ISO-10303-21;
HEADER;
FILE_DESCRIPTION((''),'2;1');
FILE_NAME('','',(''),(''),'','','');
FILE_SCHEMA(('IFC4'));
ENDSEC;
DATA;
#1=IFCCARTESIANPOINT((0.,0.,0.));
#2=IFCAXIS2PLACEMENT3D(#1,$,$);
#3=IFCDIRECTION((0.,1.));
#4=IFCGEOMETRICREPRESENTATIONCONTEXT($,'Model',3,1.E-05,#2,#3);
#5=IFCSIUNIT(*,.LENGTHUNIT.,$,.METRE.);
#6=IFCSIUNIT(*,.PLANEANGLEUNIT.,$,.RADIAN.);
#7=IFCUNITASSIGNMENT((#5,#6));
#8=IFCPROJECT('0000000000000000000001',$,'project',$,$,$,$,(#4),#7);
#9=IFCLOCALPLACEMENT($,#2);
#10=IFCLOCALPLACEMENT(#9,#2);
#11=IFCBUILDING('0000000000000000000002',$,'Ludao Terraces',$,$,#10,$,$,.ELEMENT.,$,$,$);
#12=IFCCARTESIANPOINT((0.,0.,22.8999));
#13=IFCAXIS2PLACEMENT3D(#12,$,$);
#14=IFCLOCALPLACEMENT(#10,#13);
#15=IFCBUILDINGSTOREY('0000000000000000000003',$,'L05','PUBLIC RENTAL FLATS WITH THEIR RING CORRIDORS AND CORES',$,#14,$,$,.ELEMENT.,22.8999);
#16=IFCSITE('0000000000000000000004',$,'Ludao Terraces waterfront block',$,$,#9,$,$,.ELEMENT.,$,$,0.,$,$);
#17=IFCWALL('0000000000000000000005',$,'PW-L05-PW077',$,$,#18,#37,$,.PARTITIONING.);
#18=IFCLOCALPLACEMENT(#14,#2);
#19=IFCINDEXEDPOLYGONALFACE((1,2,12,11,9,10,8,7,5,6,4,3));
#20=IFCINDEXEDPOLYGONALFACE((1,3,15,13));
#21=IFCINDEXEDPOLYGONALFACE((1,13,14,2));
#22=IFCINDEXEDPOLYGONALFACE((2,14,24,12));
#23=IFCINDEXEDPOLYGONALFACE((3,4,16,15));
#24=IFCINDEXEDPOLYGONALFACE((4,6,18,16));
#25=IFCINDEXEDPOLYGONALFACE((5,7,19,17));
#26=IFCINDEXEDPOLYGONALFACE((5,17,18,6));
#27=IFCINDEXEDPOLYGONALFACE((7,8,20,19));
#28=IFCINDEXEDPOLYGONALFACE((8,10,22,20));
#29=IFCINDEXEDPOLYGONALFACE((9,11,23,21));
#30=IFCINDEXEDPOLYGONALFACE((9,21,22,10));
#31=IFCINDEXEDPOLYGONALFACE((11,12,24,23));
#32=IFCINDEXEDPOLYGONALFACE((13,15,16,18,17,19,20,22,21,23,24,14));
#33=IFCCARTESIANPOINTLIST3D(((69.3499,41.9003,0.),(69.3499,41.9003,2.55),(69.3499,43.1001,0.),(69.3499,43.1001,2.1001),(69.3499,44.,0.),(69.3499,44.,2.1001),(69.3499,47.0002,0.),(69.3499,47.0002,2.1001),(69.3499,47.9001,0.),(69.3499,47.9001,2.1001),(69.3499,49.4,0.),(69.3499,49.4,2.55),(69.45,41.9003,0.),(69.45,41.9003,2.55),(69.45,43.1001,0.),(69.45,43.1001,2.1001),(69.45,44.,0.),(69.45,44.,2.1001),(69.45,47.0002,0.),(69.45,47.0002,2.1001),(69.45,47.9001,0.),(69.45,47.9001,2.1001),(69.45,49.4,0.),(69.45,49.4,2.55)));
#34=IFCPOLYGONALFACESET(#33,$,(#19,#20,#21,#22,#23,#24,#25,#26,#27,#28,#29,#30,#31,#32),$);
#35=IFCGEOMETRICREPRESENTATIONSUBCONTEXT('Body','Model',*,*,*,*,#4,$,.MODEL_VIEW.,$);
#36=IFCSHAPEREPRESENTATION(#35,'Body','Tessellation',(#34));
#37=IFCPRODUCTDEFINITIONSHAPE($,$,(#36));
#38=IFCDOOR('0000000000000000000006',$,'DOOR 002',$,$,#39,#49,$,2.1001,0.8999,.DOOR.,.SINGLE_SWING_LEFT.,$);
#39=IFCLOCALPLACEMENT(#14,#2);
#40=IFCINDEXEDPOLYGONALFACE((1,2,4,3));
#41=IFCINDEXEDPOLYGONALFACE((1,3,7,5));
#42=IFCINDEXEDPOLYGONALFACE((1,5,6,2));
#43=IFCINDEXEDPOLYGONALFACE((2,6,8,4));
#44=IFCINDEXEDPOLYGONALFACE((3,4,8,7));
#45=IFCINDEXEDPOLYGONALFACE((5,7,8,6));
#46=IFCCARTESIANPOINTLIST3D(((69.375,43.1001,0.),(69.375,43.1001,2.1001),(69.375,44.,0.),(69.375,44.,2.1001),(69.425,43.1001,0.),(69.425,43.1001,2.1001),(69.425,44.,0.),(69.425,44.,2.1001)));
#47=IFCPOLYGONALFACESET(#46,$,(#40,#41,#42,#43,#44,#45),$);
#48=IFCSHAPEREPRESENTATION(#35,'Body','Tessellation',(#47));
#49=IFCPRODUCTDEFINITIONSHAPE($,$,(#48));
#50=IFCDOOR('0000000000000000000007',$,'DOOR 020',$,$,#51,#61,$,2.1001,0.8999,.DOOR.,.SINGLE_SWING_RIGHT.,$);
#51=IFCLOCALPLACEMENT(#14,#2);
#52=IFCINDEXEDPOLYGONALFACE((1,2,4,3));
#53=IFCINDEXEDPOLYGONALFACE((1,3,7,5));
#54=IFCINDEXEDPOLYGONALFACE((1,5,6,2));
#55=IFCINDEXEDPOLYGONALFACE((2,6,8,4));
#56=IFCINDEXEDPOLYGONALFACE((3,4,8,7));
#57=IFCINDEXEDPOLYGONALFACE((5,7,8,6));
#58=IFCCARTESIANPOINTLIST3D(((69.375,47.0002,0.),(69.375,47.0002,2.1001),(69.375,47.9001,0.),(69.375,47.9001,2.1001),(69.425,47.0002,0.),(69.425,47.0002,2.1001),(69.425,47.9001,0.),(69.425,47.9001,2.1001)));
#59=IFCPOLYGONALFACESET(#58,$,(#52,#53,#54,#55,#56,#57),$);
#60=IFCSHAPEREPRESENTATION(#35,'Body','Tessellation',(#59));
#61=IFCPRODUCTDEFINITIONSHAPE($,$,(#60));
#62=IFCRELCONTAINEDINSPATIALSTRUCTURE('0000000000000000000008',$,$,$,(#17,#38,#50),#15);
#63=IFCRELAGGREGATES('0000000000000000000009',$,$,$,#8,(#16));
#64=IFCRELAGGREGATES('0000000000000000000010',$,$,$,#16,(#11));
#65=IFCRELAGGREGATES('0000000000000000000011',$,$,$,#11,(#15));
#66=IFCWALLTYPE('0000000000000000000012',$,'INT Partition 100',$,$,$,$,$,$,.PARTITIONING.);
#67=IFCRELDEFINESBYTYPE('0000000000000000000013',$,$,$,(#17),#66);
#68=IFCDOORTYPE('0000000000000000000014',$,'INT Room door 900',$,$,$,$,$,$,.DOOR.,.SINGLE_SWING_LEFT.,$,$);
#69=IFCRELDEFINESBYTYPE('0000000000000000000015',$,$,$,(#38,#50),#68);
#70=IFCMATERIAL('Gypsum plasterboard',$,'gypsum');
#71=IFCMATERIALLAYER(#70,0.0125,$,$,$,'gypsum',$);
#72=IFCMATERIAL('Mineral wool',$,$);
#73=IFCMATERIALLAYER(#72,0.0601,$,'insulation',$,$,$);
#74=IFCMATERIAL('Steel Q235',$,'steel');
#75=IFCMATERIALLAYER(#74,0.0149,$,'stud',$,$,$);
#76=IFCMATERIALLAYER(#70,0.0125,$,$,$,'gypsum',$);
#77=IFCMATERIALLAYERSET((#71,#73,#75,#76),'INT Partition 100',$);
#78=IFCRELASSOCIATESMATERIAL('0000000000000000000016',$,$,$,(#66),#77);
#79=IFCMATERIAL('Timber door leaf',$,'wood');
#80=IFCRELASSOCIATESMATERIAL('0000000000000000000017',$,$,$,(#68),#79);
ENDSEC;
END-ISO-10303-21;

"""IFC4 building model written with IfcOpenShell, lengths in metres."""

from ifc_helpers import new_model, si_unit, direction, frame, frame_2d, origin, place, context, subcontext, project, spatial, rectangle, extrude, material, layer, layer_set, type_object, element, fill, save


model = new_model("IFC4")

# Units and contexts
model_context = context("Model", 3, precision=1e-05, world=origin(), true_north=direction((0.0, 1.0)))
body_context = subcontext(model_context, "Body", "Model", "MODEL_VIEW")
ifc_project = project(units=[si_unit("LENGTHUNIT", "METRE"), si_unit("PLANEANGLEUNIT", "RADIAN")], contexts=[model_context])

# Site, building, storey
site_placement = place(None, origin())
site = spatial("IfcSite", under=ifc_project, at=site_placement, Name="Ludao Terraces waterfront block", CompositionType="ELEMENT", RefElevation=0.0)
building_placement = place(site_placement, origin())
building = spatial("IfcBuilding", under=site, at=building_placement, Name="Ludao Terraces", CompositionType="ELEMENT")
storey_placement = place(building_placement, frame((0.0, 0.0, 22.8999)))
storey = spatial("IfcBuildingStorey", under=building, at=storey_placement, Name="L05", Description="PUBLIC RENTAL FLATS WITH THEIR RING CORRIDORS AND CORES", CompositionType="ELEMENT", Elevation=22.8999)

# Wall, openings, doors
ifc_material_1 = material(Name="Gypsum plasterboard", Category="gypsum")
ifc_layer_1 = layer(ifc_material_1, 0.0125, Category="gypsum")
ifc_material_2 = material(Name="Mineral wool")
ifc_layer_2 = layer(ifc_material_2, 0.0601, Name="insulation")
ifc_material_3 = material(Name="Steel Q235", Category="steel")
ifc_layer_3 = layer(ifc_material_3, 0.0149, Name="stud")
ifc_layer_4 = layer(ifc_material_1, 0.0125, Category="gypsum")
ifc_layer_set = layer_set([ifc_layer_1, ifc_layer_2, ifc_layer_3, ifc_layer_4], Name="INT Partition 100")
wall_type = type_object("IfcWallType", Name="INT Partition 100", PredefinedType="PARTITIONING", material=ifc_layer_set)
ifc_material_4 = material(Name="Timber door leaf", Category="wood")
door_type_1 = type_object("IfcDoorType", Name="INT Room door 900", OperationType="SINGLE_SWING_LEFT", PredefinedType="DOOR", material=ifc_material_4)
wall_1_placement = place(storey_placement, frame((69.3999, 41.9001, 0.0), z_axis=(0.0, 0.0, 1.0), x_axis=(0.0, 1.0, 0.0)))
wall_1 = element("IfcWall", 1, at=wall_1_placement, inside=storey, type_object=wall_type, Name="PW-L05-PW077", PredefinedType="PARTITIONING", context=body_context, shape_type="SweptSolid", body=[
    extrude(rectangle(XDim=7.4998, YDim=0.1001, at=frame_2d((3.75, 0.0))), origin(), (0.0, 0.0, 1.0), 2.55),
])
opening_1_placement = place(wall_1_placement, frame((1.2, 0.0, 0.0)))
opening_1 = element("IfcOpeningElement", 2, at=opening_1_placement, cuts=wall_1, PredefinedType="OPENING", context=body_context, shape_type="SweptSolid", body=[
    extrude(rectangle(XDim=0.8999, YDim=2.1001, at=frame_2d((0.45, 1.05))), frame((0.0, 0.0601, 0.0), z_axis=(0.0, -1.0, 0.0), x_axis=(1.0, 0.0, 0.0)), (0.0, 0.0, 1.0), 0.1201),
])
opening_2_placement = place(wall_1_placement, frame((5.1001, 0.0, 0.0)))
opening_2 = element("IfcOpeningElement", 3, at=opening_2_placement, cuts=wall_1, PredefinedType="OPENING", context=body_context, shape_type="SweptSolid", body=[
    extrude(rectangle(XDim=0.8999, YDim=2.1001, at=frame_2d((0.45, 1.05))), frame((0.0, 0.0601, 0.0), z_axis=(0.0, -1.0, 0.0), x_axis=(1.0, 0.0, 0.0)), (0.0, 0.0, 1.0), 0.1201),
])
door_1_placement = place(opening_1_placement, origin())
door_1 = element("IfcDoor", 4, at=door_1_placement, inside=storey, type_object=door_type_1, Name="DOOR 002", OperationType="SINGLE_SWING_LEFT", OverallHeight=2.1001, OverallWidth=0.8999, PredefinedType="DOOR", context=body_context, shape_type="SweptSolid", body=[
    extrude(rectangle(XDim=0.8999, YDim=2.1001, at=frame_2d((0.45, 1.05))), frame((0.0, 0.0249, 0.0), z_axis=(0.0, -1.0, 0.0), x_axis=(1.0, 0.0, 0.0)), (0.0, 0.0, 1.0), 0.05),
])
fill(opening_1, door_1)
door_2_placement = place(opening_2_placement, origin())
door_2 = element("IfcDoor", 5, at=door_2_placement, inside=storey, type_object=door_type_1, Name="DOOR 020", OperationType="SINGLE_SWING_RIGHT", OverallHeight=2.1001, OverallWidth=0.8999, PredefinedType="DOOR", context=body_context, shape_type="SweptSolid", body=[
    extrude(rectangle(XDim=0.8999, YDim=2.1001, at=frame_2d((0.45, 1.05))), frame((0.0, 0.0249, 0.0), z_axis=(0.0, -1.0, 0.0), x_axis=(1.0, 0.0, 0.0)), (0.0, 0.0, 1.0), 0.05),
])
fill(opening_2, door_2)

save(model, "model.ifc")
